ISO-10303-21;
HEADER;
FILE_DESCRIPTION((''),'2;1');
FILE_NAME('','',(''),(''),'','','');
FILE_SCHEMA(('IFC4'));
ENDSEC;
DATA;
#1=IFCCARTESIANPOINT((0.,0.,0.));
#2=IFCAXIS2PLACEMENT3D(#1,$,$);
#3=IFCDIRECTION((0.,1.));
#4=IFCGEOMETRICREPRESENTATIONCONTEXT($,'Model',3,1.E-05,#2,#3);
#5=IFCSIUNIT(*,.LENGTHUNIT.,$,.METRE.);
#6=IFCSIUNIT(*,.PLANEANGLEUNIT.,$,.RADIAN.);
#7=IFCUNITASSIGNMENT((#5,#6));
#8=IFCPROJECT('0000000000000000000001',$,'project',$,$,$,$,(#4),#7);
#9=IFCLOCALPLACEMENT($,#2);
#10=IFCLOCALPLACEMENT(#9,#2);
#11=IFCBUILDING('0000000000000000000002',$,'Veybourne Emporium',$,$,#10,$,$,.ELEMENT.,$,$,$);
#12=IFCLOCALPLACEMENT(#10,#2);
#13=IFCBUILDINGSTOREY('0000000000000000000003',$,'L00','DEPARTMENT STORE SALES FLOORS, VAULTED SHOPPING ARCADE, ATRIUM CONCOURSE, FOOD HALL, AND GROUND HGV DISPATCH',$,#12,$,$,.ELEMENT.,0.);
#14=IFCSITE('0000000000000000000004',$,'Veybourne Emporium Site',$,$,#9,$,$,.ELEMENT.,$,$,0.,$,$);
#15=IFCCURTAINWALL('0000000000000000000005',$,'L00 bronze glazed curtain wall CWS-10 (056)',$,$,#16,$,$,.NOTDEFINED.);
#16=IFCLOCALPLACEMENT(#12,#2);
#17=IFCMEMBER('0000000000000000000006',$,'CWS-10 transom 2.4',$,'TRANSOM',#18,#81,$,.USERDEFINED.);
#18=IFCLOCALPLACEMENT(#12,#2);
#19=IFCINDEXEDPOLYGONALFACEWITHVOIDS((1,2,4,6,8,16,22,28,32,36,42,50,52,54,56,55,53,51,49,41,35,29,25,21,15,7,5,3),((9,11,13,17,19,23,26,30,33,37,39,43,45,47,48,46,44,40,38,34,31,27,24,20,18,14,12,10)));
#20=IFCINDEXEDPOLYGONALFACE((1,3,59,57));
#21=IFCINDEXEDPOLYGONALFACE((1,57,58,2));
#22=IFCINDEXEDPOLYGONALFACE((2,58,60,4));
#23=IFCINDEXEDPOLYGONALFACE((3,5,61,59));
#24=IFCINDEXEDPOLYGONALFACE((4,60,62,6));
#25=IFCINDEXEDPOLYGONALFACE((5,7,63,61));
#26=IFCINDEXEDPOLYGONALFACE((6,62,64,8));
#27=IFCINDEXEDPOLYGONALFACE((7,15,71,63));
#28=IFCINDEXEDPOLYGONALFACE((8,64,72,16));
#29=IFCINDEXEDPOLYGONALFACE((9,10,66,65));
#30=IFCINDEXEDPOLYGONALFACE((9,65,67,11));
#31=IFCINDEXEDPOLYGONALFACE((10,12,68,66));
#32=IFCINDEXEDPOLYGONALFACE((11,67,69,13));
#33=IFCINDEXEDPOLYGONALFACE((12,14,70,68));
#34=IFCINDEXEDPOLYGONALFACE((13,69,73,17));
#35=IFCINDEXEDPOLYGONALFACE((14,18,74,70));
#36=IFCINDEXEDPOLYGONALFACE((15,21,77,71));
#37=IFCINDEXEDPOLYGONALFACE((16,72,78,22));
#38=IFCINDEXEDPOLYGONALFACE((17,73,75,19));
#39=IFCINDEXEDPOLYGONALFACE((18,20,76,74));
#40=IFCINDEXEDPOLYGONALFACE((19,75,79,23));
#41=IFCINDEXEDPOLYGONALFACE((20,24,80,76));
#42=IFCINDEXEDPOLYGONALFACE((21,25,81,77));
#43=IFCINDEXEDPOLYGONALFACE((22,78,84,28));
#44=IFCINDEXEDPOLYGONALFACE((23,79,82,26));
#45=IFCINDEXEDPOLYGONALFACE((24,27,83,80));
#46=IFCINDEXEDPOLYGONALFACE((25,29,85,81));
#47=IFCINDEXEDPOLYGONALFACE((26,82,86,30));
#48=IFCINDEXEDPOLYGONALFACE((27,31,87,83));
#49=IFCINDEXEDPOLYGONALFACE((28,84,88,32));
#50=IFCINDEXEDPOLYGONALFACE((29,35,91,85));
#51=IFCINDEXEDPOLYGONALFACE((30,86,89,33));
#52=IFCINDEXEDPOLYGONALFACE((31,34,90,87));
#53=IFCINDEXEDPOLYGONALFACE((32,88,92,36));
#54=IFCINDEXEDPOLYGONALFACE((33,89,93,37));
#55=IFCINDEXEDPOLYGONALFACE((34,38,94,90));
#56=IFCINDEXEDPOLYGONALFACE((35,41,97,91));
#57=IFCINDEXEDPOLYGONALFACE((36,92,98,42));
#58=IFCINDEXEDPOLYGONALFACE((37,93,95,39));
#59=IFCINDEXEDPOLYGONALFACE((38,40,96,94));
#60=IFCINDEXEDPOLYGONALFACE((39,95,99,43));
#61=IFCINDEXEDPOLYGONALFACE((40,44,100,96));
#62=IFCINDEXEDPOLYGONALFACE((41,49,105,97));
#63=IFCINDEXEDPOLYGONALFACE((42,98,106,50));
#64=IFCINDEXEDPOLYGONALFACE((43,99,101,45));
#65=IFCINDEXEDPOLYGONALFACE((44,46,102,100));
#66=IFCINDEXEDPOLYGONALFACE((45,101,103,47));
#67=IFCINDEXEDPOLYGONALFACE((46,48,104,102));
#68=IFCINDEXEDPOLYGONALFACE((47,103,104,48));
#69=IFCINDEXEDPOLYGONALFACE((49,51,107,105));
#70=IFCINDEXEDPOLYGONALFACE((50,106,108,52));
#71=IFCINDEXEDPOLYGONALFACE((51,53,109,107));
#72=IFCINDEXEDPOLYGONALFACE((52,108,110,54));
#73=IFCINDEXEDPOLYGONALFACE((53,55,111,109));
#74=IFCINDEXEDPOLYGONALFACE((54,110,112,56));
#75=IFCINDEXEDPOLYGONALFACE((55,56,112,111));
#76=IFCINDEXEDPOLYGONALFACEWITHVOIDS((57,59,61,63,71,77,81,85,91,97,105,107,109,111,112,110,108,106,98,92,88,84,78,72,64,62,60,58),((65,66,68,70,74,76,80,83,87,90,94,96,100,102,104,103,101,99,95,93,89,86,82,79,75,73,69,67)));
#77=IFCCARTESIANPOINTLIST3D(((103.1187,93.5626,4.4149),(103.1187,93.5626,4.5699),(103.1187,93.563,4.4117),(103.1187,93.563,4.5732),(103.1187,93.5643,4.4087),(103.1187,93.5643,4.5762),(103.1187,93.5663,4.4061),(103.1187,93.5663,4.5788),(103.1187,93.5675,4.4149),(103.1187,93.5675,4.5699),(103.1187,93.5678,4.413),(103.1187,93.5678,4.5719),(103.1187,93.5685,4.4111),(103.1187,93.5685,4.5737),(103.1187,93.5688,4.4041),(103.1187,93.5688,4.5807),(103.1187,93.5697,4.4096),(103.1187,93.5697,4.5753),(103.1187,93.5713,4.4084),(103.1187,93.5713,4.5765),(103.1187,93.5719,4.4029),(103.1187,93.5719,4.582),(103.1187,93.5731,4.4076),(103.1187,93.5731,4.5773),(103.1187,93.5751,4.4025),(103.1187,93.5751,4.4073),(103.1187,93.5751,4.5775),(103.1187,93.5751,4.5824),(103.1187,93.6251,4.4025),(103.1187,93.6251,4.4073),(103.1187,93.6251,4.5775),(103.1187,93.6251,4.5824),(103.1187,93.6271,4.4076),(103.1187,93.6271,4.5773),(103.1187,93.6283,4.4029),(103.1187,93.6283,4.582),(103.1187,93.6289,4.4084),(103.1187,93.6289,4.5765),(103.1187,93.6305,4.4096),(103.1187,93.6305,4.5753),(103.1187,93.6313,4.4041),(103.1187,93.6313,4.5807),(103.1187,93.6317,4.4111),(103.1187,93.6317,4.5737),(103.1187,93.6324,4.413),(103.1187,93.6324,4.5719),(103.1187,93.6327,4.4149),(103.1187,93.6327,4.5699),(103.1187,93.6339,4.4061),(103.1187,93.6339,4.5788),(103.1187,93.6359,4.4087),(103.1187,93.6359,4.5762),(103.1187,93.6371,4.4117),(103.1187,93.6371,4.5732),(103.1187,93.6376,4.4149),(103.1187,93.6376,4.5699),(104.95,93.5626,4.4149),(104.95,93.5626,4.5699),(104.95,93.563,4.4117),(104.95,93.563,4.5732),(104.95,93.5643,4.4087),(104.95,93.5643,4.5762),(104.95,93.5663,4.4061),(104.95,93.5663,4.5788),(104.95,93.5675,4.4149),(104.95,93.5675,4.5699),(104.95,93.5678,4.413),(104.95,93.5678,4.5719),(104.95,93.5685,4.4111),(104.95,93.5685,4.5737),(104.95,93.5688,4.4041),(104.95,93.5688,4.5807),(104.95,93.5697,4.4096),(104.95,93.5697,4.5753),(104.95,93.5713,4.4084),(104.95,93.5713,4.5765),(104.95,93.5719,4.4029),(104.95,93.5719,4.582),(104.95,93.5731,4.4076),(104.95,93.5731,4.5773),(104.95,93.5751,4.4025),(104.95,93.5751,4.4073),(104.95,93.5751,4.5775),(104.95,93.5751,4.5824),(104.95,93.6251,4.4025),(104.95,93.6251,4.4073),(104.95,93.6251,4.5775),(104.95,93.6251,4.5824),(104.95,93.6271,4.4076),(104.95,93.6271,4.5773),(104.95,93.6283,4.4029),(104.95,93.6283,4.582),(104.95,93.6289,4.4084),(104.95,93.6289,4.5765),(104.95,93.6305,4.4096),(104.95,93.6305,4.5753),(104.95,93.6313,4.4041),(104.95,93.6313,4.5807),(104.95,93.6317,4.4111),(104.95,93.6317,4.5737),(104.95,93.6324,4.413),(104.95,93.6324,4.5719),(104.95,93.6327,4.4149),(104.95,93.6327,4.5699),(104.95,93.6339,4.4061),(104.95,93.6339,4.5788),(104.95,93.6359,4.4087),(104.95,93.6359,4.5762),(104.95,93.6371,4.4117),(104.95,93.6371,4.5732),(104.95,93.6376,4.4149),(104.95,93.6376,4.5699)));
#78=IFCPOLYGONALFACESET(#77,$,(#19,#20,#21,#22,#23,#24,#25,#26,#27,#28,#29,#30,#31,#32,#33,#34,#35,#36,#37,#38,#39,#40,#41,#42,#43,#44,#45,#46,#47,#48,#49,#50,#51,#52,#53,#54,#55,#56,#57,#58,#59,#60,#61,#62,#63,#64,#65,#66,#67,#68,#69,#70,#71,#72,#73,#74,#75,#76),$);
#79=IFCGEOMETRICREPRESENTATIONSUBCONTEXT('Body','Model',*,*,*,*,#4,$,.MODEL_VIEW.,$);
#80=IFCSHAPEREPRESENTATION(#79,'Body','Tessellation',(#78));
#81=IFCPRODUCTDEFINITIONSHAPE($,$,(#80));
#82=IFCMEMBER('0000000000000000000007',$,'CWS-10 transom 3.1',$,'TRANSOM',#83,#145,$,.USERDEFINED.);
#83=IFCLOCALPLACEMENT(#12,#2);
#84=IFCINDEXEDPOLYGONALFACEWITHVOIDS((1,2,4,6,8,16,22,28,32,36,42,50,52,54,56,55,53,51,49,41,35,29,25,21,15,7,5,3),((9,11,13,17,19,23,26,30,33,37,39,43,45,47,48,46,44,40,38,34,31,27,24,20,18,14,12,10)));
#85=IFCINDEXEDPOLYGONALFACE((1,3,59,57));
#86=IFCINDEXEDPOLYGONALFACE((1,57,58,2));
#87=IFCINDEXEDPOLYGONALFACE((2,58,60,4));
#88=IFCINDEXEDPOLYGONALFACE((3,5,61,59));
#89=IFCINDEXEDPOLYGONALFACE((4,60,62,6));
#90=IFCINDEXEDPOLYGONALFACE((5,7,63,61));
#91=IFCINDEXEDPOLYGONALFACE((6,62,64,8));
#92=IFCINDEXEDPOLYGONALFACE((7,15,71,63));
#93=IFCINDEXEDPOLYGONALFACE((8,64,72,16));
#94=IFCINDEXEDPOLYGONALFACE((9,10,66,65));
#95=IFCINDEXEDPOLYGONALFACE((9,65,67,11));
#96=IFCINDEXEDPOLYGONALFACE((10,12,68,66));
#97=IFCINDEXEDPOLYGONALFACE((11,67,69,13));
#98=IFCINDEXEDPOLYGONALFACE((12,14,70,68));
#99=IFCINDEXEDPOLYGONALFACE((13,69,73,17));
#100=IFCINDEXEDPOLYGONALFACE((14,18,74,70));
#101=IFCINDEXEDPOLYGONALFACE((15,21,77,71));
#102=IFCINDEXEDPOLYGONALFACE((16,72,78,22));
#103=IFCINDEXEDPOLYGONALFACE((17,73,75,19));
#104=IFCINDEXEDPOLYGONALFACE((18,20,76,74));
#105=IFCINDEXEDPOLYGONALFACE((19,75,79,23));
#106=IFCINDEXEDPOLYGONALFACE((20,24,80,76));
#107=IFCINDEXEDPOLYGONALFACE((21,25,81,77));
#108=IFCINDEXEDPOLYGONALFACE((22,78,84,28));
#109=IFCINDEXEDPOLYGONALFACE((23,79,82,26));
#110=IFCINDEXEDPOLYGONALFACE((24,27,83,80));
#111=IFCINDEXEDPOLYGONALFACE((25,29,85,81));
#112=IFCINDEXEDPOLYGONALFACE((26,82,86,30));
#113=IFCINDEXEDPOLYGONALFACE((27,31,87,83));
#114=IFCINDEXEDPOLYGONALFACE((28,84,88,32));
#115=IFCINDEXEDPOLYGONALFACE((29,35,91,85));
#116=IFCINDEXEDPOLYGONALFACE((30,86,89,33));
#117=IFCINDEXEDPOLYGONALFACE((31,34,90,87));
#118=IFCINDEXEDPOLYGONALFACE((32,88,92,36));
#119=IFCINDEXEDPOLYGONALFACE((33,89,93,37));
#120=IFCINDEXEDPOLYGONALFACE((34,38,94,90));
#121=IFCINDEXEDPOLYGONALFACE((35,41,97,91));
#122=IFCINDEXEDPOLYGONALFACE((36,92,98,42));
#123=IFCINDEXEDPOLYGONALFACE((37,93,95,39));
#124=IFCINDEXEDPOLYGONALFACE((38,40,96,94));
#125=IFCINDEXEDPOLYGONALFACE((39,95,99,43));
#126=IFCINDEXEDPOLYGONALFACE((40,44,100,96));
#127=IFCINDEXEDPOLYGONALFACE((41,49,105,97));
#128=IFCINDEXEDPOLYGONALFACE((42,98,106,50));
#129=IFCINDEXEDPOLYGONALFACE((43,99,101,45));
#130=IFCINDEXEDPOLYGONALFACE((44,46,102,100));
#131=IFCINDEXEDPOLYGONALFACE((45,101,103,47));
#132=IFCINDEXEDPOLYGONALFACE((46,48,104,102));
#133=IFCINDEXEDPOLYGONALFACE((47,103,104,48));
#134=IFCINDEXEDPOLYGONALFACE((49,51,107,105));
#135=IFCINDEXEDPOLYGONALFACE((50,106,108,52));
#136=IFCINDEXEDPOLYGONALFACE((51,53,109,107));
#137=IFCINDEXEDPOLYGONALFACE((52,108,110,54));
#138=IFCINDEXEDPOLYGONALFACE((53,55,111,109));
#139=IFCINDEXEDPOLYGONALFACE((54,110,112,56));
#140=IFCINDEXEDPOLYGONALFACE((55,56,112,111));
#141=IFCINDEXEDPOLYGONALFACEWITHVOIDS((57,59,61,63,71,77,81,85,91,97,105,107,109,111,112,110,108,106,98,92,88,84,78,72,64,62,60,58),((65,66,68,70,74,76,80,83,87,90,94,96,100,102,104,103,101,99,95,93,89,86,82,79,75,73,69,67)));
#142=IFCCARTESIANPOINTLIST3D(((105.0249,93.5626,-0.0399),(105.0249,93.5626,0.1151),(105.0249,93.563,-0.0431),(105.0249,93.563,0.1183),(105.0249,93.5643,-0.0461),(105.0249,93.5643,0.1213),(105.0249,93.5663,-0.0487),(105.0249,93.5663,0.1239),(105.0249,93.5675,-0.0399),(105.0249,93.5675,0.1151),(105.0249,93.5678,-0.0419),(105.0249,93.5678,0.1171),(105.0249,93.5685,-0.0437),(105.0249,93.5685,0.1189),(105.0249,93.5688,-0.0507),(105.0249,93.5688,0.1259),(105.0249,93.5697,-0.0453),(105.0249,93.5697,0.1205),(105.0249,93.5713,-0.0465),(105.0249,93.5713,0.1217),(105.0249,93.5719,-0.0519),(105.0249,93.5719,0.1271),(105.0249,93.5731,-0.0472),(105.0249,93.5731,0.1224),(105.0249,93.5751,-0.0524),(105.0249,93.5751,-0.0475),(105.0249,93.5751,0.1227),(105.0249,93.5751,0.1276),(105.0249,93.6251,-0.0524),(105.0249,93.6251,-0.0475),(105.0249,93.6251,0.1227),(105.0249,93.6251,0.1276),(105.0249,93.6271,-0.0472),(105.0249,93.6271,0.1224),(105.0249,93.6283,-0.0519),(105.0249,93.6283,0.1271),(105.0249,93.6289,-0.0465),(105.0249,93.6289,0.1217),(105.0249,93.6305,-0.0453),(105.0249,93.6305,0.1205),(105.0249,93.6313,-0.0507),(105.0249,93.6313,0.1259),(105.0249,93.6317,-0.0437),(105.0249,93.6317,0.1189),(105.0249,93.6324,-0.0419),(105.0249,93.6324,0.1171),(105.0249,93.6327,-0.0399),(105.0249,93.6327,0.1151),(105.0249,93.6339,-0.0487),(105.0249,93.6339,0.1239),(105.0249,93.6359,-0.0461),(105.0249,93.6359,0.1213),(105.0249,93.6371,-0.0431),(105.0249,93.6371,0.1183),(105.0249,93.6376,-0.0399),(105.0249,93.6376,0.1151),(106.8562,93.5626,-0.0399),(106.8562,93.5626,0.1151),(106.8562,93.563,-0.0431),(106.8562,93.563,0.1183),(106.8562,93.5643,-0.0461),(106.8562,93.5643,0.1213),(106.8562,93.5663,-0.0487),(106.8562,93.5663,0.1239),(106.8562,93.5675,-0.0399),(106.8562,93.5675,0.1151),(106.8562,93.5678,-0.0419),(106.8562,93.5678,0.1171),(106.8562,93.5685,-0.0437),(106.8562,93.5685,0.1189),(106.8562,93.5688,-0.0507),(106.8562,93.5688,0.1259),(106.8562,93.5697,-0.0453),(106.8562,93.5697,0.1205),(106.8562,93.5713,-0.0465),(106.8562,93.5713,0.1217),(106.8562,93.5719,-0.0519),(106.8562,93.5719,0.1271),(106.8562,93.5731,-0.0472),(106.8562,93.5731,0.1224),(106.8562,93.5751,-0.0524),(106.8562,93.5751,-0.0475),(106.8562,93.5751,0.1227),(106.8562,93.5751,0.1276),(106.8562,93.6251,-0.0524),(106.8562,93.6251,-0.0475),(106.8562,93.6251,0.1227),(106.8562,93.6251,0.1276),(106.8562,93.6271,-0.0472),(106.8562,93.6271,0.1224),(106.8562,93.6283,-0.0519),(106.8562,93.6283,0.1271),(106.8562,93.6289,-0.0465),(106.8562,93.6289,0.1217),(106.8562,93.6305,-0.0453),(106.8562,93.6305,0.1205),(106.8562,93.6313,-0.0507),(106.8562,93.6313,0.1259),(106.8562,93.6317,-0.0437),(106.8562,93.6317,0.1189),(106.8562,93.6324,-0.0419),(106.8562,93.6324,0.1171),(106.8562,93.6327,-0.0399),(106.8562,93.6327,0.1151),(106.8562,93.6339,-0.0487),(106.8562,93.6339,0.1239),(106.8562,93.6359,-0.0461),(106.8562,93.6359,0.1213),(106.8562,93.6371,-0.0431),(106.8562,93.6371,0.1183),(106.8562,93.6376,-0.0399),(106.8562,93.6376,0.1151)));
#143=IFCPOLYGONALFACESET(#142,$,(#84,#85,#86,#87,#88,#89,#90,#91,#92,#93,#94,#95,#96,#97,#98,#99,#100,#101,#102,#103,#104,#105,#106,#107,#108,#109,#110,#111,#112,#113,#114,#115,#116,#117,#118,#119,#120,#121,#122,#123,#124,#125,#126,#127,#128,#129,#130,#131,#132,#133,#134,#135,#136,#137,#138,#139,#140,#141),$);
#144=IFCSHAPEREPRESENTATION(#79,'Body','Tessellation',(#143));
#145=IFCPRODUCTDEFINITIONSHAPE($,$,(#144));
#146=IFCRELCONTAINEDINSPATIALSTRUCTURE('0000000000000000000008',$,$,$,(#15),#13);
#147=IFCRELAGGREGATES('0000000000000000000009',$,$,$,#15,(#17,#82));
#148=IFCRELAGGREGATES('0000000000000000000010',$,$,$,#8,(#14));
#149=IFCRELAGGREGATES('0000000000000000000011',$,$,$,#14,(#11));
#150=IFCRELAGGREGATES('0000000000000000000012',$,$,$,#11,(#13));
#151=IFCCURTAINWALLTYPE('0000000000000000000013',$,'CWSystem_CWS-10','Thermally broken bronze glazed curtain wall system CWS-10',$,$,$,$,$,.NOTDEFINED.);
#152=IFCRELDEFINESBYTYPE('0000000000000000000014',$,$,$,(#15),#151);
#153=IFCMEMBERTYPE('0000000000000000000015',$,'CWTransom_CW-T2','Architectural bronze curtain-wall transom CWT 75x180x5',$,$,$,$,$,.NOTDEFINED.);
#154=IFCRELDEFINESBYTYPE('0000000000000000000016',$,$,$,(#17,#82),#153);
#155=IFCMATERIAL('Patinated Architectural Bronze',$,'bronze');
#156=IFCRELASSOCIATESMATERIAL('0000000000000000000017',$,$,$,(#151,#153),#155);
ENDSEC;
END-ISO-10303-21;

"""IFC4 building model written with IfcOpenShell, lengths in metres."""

from ifc_helpers import new_model, si_unit, direction, frame, origin, origin_2d, place, context, subcontext, project, spatial, hollow_rectangle, extrude, material, material_profile, profile_set, type_object, element, aggregate, save


model = new_model("IFC4")

# Units and contexts
model_context = context("Model", 3, precision=1e-05, world=origin(), true_north=direction((0.0, 1.0)))
body_context = subcontext(model_context, "Body", "Model", "MODEL_VIEW")
ifc_project = project(units=[si_unit("LENGTHUNIT", "METRE"), si_unit("PLANEANGLEUNIT", "RADIAN")], contexts=[model_context])

# Site, building, storey
site_placement = place(None, origin())
site = spatial("IfcSite", under=ifc_project, at=site_placement, Name="Veybourne Emporium Site", CompositionType="ELEMENT", RefElevation=0.0)
building_placement = place(site_placement, origin())
building = spatial("IfcBuilding", under=site, at=building_placement, Name="Veybourne Emporium", CompositionType="ELEMENT")
storey_placement = place(building_placement, origin())
storey = spatial("IfcBuildingStorey", under=building, at=storey_placement, Name="L00", Description="DEPARTMENT STORE SALES FLOORS, VAULTED SHOPPING ARCADE, ATRIUM CONCOURSE, FOOD HALL, AND GROUND HGV DISPATCH", CompositionType="ELEMENT", Elevation=0.0)

# Curtain wall, members
ifc_material_1 = material(Name="Patinated Architectural Bronze", Category="bronze")
curtain_wall_type = type_object("IfcCurtainWallType", Name="CWSystem_CWS-10", Description="Thermally broken bronze glazed curtain wall system CWS-10", PredefinedType="NOTDEFINED", material=ifc_material_1)
curtain_wall_placement = place(storey_placement, origin())
curtain_wall = element("IfcCurtainWall", 1, at=curtain_wall_placement, inside=storey, type_object=curtain_wall_type, Name="L00 bronze glazed curtain wall CWS-10 (056)", PredefinedType="NOTDEFINED")
ifc_material_profile_1 = material_profile(ifc_material_1, hollow_rectangle(XDim=0.075, YDim=0.1799, WallThickness=0.0049, InnerFilletRadius=0.0076, OuterFilletRadius=0.0125, at=origin_2d()), Name="CWT 75x180x5")
ifc_profile_set_1 = profile_set([ifc_material_profile_1], Name="Patinated Architectural Bronze")
member_type_1 = type_object("IfcMemberType", Name="CWTransom_CW-T2", Description="Architectural bronze curtain-wall transom CWT 75x180x5", PredefinedType="NOTDEFINED", material=ifc_profile_set_1)
member_1_placement = place(storey_placement, frame((103.1187, 93.6001, 4.4924), z_axis=(1.0, 0.0, 0.0), x_axis=(0.0, 1.0, 0.0)))
member_1 = element("IfcMember", 2, at=member_1_placement, type_object=member_type_1, Name="CWS-10 transom 2.4", ObjectType="TRANSOM", PredefinedType="USERDEFINED", context=body_context, shape_type="SweptSolid", body=[
    extrude(hollow_rectangle(XDim=0.075, YDim=0.1799, WallThickness=0.0049, InnerFilletRadius=0.0076, OuterFilletRadius=0.0125, at=origin_2d()), origin(), (0.0, 0.0, 1.0), 1.8313),
])
member_2_placement = place(storey_placement, frame((105.0249, 93.6001, 0.0376), z_axis=(1.0, 0.0, 0.0), x_axis=(0.0, 1.0, 0.0)))
member_2 = element("IfcMember", 3, at=member_2_placement, type_object=member_type_1, Name="CWS-10 transom 3.1", ObjectType="TRANSOM", PredefinedType="USERDEFINED", context=body_context, shape_type="SweptSolid", body=[
    extrude(hollow_rectangle(XDim=0.075, YDim=0.1799, WallThickness=0.0049, InnerFilletRadius=0.0076, OuterFilletRadius=0.0125, at=origin_2d()), origin(), (0.0, 0.0, 1.0), 1.8313),
])

aggregate(curtain_wall, [member_1, member_2])

save(model, "model.ifc")
